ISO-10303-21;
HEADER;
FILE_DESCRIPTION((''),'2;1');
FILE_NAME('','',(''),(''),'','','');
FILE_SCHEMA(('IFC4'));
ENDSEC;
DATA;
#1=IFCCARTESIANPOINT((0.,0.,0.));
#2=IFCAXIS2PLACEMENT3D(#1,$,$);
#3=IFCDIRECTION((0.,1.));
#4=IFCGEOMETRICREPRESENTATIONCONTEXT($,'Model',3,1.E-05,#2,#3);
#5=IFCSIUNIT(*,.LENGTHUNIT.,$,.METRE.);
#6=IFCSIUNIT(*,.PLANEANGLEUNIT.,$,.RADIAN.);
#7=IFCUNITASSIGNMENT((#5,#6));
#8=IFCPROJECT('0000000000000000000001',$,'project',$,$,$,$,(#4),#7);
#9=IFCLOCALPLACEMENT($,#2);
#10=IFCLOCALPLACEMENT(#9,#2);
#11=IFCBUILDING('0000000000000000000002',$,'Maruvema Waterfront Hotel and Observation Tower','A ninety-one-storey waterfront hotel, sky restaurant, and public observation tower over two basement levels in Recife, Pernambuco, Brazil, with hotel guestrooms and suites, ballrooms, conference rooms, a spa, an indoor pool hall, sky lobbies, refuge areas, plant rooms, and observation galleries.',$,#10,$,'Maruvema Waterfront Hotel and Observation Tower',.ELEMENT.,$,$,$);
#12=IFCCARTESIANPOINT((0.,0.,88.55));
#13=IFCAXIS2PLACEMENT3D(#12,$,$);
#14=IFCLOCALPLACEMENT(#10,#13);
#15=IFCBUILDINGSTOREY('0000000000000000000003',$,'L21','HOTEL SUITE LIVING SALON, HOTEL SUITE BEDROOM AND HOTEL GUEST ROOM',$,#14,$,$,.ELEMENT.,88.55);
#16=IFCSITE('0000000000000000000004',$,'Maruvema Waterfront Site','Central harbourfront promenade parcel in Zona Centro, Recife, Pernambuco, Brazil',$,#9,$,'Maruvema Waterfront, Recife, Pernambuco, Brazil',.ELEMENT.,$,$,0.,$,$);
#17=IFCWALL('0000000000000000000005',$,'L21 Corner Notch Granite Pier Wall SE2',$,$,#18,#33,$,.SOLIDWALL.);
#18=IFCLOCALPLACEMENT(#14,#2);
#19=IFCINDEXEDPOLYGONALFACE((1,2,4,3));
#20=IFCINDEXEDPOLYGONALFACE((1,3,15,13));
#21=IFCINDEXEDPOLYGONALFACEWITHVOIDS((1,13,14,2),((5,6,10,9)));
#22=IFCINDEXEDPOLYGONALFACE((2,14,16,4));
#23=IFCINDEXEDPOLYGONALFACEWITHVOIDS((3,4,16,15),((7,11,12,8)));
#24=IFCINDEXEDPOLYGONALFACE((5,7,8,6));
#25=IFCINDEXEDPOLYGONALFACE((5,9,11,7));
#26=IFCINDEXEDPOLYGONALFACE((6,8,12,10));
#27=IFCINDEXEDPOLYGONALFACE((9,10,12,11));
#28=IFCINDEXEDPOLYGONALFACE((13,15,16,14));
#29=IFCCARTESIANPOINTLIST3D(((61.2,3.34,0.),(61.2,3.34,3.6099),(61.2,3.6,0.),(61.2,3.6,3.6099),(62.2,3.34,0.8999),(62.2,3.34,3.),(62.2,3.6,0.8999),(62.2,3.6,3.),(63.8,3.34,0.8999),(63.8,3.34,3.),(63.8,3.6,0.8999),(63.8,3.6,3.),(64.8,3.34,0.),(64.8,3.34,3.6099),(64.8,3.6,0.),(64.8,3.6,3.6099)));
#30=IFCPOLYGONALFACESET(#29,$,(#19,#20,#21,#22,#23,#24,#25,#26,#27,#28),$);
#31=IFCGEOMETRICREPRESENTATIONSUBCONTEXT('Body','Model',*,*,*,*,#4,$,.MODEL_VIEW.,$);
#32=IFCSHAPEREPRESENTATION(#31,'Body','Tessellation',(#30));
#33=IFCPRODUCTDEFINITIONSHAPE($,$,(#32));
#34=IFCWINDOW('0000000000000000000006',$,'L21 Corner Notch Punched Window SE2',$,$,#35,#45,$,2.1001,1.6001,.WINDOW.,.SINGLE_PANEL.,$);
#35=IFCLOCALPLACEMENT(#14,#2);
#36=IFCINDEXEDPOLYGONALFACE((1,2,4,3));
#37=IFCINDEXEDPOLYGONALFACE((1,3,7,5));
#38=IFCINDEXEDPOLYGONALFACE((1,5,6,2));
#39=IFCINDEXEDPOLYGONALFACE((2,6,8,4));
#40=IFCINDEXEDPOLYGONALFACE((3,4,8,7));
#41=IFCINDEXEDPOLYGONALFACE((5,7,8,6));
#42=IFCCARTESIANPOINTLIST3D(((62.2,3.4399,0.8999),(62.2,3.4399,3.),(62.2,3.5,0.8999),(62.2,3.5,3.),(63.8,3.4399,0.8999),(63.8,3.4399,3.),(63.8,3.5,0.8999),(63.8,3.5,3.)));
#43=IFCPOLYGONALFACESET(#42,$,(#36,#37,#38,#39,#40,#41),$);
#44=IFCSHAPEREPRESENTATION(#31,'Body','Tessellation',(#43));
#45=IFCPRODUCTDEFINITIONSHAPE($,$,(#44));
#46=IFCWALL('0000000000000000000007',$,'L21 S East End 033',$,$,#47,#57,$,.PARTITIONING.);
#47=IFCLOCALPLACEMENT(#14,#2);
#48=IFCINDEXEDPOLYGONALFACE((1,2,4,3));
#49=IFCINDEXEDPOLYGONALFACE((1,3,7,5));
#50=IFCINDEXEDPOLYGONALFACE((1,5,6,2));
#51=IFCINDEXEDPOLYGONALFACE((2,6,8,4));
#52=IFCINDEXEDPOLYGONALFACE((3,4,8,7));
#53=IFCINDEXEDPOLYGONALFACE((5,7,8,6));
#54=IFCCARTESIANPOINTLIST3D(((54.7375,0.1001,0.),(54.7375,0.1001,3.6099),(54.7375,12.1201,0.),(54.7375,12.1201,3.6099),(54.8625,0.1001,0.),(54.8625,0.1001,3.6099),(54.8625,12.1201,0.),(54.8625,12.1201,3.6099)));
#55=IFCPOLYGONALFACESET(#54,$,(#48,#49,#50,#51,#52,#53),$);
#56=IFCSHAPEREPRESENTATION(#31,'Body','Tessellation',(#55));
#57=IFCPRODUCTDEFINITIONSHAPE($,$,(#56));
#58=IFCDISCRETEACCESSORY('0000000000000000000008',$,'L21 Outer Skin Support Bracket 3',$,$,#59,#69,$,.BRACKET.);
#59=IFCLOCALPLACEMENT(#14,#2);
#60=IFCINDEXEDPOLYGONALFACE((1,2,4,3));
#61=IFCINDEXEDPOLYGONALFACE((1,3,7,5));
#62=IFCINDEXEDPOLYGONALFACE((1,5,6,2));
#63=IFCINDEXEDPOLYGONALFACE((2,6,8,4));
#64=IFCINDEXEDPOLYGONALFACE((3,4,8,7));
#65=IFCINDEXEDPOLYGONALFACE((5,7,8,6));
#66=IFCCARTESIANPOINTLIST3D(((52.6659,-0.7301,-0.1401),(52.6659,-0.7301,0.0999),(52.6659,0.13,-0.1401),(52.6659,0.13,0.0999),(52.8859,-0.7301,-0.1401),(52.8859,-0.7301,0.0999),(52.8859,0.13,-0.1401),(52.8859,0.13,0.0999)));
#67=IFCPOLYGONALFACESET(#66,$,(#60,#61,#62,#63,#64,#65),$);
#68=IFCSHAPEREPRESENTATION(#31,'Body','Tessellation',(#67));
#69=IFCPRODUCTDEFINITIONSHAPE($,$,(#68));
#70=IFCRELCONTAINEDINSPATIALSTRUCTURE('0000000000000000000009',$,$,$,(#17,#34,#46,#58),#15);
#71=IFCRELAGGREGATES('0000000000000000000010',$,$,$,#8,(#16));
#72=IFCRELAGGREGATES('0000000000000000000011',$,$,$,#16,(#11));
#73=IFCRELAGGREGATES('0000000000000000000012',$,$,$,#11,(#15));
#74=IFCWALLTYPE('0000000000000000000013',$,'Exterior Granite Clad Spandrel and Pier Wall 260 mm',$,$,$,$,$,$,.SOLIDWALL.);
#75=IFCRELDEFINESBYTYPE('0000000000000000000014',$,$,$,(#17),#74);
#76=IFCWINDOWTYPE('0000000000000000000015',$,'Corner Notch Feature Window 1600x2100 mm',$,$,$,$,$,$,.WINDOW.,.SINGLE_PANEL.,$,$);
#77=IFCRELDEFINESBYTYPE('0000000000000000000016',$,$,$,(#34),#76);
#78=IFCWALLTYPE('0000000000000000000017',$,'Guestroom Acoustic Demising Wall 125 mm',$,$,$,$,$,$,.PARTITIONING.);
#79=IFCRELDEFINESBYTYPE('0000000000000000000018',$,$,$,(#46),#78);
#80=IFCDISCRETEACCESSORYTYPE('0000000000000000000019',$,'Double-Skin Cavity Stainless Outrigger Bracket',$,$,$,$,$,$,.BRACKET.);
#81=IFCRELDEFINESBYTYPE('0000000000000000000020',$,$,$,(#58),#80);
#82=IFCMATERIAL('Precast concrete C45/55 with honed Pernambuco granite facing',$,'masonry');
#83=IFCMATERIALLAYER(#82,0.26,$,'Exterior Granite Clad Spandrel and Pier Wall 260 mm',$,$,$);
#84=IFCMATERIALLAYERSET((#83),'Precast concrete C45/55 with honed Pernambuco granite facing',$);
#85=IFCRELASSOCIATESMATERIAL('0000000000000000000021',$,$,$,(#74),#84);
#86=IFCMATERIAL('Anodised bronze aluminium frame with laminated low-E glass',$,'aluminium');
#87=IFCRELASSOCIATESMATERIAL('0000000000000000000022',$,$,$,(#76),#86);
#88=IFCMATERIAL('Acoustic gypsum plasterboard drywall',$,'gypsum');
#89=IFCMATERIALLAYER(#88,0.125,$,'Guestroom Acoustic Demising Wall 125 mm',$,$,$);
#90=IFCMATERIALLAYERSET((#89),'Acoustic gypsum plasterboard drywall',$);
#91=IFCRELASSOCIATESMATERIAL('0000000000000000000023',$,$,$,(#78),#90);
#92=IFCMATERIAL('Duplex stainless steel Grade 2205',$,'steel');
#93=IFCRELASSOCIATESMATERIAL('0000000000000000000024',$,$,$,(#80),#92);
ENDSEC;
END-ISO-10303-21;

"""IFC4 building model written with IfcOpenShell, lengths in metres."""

from ifc_helpers import new_model, si_unit, direction, frame, frame_2d, origin, origin_2d, place, context, subcontext, project, spatial, rectangle, extrude, material, layer, layer_set, type_object, element, fill, save


model = new_model("IFC4")

# Units and contexts
model_context = context("Model", 3, precision=1e-05, world=origin(), true_north=direction((0.0, 1.0)))
body_context = subcontext(model_context, "Body", "Model", "MODEL_VIEW")
ifc_project = project(units=[si_unit("LENGTHUNIT", "METRE"), si_unit("PLANEANGLEUNIT", "RADIAN")], contexts=[model_context])

# Site, building, storey
site_placement = place(None, origin())
site = spatial("IfcSite", under=ifc_project, at=site_placement, Name="Maruvema Waterfront Site", Description="Central harbourfront promenade parcel in Zona Centro, Recife, Pernambuco, Brazil", LongName="Maruvema Waterfront, Recife, Pernambuco, Brazil", CompositionType="ELEMENT", RefElevation=0.0)
building_placement = place(site_placement, origin())
building = spatial("IfcBuilding", under=site, at=building_placement, Name="Maruvema Waterfront Hotel and Observation Tower", Description="A ninety-one-storey waterfront hotel, sky restaurant, and public observation tower over two basement levels in Recife, Pernambuco, Brazil, with hotel guestrooms and suites, ballrooms, conference rooms, a spa, an indoor pool hall, sky lobbies, refuge areas, plant rooms, and observation galleries.", LongName="Maruvema Waterfront Hotel and Observation Tower", CompositionType="ELEMENT")
storey_placement = place(building_placement, frame((0.0, 0.0, 88.55)))
storey = spatial("IfcBuildingStorey", under=building, at=storey_placement, Name="L21", Description="HOTEL SUITE LIVING SALON, HOTEL SUITE BEDROOM AND HOTEL GUEST ROOM", CompositionType="ELEMENT", Elevation=88.55)

# Shared definitions
ifc_material_1 = material(Name="Precast concrete C45/55 with honed Pernambuco granite facing", Category="masonry")
ifc_layer_1 = layer(ifc_material_1, 0.26, Name="Exterior Granite Clad Spandrel and Pier Wall 260 mm")
ifc_layer_set_1 = layer_set([ifc_layer_1], Name="Precast concrete C45/55 with honed Pernambuco granite facing")
wall_type_1 = type_object("IfcWallType", Name="Exterior Granite Clad Spandrel and Pier Wall 260 mm", PredefinedType="SOLIDWALL", material=ifc_layer_set_1)

# Wall, opening, window
wall_1_placement = place(storey_placement, frame((64.8, 3.47, 0.0), z_axis=(0.0, 0.0, 1.0), x_axis=(-1.0, 0.0, 0.0)))
wall_1 = element("IfcWall", 1, at=wall_1_placement, inside=storey, type_object=wall_type_1, Name="L21 Corner Notch Granite Pier Wall SE2", PredefinedType="SOLIDWALL", context=body_context, shape_type="SweptSolid", body=[
    extrude(rectangle(XDim=3.6001, YDim=0.26, at=frame_2d((1.8, 0.0))), origin(), (0.0, 0.0, 1.0), 3.6099),
])
opening_1_placement = place(wall_1_placement, frame((1.0, 0.0, 0.8999)))
opening_1 = element("IfcOpeningElement", 2, at=opening_1_placement, cuts=wall_1, PredefinedType="OPENING", context=body_context, shape_type="SweptSolid", body=[
    extrude(rectangle(XDim=1.6001, YDim=2.1001, at=frame_2d((0.8, 1.05))), frame((0.0, 0.1401, 0.0), z_axis=(0.0, -1.0, 0.0), x_axis=(1.0, 0.0, 0.0)), (0.0, 0.0, 1.0), 0.28),
])
ifc_material_2 = material(Name="Anodised bronze aluminium frame with laminated low-E glass", Category="aluminium")
window_type = type_object("IfcWindowType", Name="Corner Notch Feature Window 1600x2100 mm", PartitioningType="SINGLE_PANEL", PredefinedType="WINDOW", material=ifc_material_2)
window_placement = place(opening_1_placement, origin())
window = element("IfcWindow", 3, at=window_placement, inside=storey, type_object=window_type, Name="L21 Corner Notch Punched Window SE2", OverallHeight=2.1001, OverallWidth=1.6001, PartitioningType="SINGLE_PANEL", PredefinedType="WINDOW", context=body_context, shape_type="SweptSolid", body=[
    extrude(rectangle(XDim=1.6001, YDim=2.1001, at=frame_2d((0.8, 1.05))), frame((0.0, 0.03, 0.0), z_axis=(0.0, -1.0, 0.0), x_axis=(1.0, 0.0, 0.0)), (0.0, 0.0, 1.0), 0.0601),
])
fill(opening_1, window)

# Wall
ifc_material_3 = material(Name="Acoustic gypsum plasterboard drywall", Category="gypsum")
ifc_layer_2 = layer(ifc_material_3, 0.125, Name="Guestroom Acoustic Demising Wall 125 mm")
ifc_layer_set_2 = layer_set([ifc_layer_2], Name="Acoustic gypsum plasterboard drywall")
wall_type_2 = type_object("IfcWallType", Name="Guestroom Acoustic Demising Wall 125 mm", PredefinedType="PARTITIONING", material=ifc_layer_set_2)
wall_2_placement = place(storey_placement, frame((54.8, 0.1001, 0.0), z_axis=(0.0, 0.0, 1.0), x_axis=(0.0, 1.0, 0.0)))
element("IfcWall", 4, at=wall_2_placement, inside=storey, type_object=wall_type_2, Name="L21 S East End 033", PredefinedType="PARTITIONING", context=body_context, shape_type="SweptSolid", body=[
    extrude(rectangle(XDim=12.02, YDim=0.125, at=frame_2d((6.01, 0.0))), origin(), (0.0, 0.0, 1.0), 3.6099),
])

# Discrete accessory
ifc_material_4 = material(Name="Duplex stainless steel Grade 2205", Category="steel")
discrete_accessory_type = type_object("IfcDiscreteAccessoryType", Name="Double-Skin Cavity Stainless Outrigger Bracket", PredefinedType="BRACKET", material=ifc_material_4)
discrete_accessory_placement = place(storey_placement, frame((52.7759, -0.3, -0.1401), z_axis=(0.0, 0.0, 1.0), x_axis=(1.0, 0.0, 0.0)))
element("IfcDiscreteAccessory", 5, at=discrete_accessory_placement, inside=storey, type_object=discrete_accessory_type, Name="L21 Outer Skin Support Bracket 3", PredefinedType="BRACKET", context=body_context, shape_type="SweptSolid", body=[
    extrude(rectangle(XDim=0.22, YDim=0.8601, at=origin_2d()), origin(), (0.0, 0.0, 1.0), 0.24),
])

save(model, "model.ifc")
